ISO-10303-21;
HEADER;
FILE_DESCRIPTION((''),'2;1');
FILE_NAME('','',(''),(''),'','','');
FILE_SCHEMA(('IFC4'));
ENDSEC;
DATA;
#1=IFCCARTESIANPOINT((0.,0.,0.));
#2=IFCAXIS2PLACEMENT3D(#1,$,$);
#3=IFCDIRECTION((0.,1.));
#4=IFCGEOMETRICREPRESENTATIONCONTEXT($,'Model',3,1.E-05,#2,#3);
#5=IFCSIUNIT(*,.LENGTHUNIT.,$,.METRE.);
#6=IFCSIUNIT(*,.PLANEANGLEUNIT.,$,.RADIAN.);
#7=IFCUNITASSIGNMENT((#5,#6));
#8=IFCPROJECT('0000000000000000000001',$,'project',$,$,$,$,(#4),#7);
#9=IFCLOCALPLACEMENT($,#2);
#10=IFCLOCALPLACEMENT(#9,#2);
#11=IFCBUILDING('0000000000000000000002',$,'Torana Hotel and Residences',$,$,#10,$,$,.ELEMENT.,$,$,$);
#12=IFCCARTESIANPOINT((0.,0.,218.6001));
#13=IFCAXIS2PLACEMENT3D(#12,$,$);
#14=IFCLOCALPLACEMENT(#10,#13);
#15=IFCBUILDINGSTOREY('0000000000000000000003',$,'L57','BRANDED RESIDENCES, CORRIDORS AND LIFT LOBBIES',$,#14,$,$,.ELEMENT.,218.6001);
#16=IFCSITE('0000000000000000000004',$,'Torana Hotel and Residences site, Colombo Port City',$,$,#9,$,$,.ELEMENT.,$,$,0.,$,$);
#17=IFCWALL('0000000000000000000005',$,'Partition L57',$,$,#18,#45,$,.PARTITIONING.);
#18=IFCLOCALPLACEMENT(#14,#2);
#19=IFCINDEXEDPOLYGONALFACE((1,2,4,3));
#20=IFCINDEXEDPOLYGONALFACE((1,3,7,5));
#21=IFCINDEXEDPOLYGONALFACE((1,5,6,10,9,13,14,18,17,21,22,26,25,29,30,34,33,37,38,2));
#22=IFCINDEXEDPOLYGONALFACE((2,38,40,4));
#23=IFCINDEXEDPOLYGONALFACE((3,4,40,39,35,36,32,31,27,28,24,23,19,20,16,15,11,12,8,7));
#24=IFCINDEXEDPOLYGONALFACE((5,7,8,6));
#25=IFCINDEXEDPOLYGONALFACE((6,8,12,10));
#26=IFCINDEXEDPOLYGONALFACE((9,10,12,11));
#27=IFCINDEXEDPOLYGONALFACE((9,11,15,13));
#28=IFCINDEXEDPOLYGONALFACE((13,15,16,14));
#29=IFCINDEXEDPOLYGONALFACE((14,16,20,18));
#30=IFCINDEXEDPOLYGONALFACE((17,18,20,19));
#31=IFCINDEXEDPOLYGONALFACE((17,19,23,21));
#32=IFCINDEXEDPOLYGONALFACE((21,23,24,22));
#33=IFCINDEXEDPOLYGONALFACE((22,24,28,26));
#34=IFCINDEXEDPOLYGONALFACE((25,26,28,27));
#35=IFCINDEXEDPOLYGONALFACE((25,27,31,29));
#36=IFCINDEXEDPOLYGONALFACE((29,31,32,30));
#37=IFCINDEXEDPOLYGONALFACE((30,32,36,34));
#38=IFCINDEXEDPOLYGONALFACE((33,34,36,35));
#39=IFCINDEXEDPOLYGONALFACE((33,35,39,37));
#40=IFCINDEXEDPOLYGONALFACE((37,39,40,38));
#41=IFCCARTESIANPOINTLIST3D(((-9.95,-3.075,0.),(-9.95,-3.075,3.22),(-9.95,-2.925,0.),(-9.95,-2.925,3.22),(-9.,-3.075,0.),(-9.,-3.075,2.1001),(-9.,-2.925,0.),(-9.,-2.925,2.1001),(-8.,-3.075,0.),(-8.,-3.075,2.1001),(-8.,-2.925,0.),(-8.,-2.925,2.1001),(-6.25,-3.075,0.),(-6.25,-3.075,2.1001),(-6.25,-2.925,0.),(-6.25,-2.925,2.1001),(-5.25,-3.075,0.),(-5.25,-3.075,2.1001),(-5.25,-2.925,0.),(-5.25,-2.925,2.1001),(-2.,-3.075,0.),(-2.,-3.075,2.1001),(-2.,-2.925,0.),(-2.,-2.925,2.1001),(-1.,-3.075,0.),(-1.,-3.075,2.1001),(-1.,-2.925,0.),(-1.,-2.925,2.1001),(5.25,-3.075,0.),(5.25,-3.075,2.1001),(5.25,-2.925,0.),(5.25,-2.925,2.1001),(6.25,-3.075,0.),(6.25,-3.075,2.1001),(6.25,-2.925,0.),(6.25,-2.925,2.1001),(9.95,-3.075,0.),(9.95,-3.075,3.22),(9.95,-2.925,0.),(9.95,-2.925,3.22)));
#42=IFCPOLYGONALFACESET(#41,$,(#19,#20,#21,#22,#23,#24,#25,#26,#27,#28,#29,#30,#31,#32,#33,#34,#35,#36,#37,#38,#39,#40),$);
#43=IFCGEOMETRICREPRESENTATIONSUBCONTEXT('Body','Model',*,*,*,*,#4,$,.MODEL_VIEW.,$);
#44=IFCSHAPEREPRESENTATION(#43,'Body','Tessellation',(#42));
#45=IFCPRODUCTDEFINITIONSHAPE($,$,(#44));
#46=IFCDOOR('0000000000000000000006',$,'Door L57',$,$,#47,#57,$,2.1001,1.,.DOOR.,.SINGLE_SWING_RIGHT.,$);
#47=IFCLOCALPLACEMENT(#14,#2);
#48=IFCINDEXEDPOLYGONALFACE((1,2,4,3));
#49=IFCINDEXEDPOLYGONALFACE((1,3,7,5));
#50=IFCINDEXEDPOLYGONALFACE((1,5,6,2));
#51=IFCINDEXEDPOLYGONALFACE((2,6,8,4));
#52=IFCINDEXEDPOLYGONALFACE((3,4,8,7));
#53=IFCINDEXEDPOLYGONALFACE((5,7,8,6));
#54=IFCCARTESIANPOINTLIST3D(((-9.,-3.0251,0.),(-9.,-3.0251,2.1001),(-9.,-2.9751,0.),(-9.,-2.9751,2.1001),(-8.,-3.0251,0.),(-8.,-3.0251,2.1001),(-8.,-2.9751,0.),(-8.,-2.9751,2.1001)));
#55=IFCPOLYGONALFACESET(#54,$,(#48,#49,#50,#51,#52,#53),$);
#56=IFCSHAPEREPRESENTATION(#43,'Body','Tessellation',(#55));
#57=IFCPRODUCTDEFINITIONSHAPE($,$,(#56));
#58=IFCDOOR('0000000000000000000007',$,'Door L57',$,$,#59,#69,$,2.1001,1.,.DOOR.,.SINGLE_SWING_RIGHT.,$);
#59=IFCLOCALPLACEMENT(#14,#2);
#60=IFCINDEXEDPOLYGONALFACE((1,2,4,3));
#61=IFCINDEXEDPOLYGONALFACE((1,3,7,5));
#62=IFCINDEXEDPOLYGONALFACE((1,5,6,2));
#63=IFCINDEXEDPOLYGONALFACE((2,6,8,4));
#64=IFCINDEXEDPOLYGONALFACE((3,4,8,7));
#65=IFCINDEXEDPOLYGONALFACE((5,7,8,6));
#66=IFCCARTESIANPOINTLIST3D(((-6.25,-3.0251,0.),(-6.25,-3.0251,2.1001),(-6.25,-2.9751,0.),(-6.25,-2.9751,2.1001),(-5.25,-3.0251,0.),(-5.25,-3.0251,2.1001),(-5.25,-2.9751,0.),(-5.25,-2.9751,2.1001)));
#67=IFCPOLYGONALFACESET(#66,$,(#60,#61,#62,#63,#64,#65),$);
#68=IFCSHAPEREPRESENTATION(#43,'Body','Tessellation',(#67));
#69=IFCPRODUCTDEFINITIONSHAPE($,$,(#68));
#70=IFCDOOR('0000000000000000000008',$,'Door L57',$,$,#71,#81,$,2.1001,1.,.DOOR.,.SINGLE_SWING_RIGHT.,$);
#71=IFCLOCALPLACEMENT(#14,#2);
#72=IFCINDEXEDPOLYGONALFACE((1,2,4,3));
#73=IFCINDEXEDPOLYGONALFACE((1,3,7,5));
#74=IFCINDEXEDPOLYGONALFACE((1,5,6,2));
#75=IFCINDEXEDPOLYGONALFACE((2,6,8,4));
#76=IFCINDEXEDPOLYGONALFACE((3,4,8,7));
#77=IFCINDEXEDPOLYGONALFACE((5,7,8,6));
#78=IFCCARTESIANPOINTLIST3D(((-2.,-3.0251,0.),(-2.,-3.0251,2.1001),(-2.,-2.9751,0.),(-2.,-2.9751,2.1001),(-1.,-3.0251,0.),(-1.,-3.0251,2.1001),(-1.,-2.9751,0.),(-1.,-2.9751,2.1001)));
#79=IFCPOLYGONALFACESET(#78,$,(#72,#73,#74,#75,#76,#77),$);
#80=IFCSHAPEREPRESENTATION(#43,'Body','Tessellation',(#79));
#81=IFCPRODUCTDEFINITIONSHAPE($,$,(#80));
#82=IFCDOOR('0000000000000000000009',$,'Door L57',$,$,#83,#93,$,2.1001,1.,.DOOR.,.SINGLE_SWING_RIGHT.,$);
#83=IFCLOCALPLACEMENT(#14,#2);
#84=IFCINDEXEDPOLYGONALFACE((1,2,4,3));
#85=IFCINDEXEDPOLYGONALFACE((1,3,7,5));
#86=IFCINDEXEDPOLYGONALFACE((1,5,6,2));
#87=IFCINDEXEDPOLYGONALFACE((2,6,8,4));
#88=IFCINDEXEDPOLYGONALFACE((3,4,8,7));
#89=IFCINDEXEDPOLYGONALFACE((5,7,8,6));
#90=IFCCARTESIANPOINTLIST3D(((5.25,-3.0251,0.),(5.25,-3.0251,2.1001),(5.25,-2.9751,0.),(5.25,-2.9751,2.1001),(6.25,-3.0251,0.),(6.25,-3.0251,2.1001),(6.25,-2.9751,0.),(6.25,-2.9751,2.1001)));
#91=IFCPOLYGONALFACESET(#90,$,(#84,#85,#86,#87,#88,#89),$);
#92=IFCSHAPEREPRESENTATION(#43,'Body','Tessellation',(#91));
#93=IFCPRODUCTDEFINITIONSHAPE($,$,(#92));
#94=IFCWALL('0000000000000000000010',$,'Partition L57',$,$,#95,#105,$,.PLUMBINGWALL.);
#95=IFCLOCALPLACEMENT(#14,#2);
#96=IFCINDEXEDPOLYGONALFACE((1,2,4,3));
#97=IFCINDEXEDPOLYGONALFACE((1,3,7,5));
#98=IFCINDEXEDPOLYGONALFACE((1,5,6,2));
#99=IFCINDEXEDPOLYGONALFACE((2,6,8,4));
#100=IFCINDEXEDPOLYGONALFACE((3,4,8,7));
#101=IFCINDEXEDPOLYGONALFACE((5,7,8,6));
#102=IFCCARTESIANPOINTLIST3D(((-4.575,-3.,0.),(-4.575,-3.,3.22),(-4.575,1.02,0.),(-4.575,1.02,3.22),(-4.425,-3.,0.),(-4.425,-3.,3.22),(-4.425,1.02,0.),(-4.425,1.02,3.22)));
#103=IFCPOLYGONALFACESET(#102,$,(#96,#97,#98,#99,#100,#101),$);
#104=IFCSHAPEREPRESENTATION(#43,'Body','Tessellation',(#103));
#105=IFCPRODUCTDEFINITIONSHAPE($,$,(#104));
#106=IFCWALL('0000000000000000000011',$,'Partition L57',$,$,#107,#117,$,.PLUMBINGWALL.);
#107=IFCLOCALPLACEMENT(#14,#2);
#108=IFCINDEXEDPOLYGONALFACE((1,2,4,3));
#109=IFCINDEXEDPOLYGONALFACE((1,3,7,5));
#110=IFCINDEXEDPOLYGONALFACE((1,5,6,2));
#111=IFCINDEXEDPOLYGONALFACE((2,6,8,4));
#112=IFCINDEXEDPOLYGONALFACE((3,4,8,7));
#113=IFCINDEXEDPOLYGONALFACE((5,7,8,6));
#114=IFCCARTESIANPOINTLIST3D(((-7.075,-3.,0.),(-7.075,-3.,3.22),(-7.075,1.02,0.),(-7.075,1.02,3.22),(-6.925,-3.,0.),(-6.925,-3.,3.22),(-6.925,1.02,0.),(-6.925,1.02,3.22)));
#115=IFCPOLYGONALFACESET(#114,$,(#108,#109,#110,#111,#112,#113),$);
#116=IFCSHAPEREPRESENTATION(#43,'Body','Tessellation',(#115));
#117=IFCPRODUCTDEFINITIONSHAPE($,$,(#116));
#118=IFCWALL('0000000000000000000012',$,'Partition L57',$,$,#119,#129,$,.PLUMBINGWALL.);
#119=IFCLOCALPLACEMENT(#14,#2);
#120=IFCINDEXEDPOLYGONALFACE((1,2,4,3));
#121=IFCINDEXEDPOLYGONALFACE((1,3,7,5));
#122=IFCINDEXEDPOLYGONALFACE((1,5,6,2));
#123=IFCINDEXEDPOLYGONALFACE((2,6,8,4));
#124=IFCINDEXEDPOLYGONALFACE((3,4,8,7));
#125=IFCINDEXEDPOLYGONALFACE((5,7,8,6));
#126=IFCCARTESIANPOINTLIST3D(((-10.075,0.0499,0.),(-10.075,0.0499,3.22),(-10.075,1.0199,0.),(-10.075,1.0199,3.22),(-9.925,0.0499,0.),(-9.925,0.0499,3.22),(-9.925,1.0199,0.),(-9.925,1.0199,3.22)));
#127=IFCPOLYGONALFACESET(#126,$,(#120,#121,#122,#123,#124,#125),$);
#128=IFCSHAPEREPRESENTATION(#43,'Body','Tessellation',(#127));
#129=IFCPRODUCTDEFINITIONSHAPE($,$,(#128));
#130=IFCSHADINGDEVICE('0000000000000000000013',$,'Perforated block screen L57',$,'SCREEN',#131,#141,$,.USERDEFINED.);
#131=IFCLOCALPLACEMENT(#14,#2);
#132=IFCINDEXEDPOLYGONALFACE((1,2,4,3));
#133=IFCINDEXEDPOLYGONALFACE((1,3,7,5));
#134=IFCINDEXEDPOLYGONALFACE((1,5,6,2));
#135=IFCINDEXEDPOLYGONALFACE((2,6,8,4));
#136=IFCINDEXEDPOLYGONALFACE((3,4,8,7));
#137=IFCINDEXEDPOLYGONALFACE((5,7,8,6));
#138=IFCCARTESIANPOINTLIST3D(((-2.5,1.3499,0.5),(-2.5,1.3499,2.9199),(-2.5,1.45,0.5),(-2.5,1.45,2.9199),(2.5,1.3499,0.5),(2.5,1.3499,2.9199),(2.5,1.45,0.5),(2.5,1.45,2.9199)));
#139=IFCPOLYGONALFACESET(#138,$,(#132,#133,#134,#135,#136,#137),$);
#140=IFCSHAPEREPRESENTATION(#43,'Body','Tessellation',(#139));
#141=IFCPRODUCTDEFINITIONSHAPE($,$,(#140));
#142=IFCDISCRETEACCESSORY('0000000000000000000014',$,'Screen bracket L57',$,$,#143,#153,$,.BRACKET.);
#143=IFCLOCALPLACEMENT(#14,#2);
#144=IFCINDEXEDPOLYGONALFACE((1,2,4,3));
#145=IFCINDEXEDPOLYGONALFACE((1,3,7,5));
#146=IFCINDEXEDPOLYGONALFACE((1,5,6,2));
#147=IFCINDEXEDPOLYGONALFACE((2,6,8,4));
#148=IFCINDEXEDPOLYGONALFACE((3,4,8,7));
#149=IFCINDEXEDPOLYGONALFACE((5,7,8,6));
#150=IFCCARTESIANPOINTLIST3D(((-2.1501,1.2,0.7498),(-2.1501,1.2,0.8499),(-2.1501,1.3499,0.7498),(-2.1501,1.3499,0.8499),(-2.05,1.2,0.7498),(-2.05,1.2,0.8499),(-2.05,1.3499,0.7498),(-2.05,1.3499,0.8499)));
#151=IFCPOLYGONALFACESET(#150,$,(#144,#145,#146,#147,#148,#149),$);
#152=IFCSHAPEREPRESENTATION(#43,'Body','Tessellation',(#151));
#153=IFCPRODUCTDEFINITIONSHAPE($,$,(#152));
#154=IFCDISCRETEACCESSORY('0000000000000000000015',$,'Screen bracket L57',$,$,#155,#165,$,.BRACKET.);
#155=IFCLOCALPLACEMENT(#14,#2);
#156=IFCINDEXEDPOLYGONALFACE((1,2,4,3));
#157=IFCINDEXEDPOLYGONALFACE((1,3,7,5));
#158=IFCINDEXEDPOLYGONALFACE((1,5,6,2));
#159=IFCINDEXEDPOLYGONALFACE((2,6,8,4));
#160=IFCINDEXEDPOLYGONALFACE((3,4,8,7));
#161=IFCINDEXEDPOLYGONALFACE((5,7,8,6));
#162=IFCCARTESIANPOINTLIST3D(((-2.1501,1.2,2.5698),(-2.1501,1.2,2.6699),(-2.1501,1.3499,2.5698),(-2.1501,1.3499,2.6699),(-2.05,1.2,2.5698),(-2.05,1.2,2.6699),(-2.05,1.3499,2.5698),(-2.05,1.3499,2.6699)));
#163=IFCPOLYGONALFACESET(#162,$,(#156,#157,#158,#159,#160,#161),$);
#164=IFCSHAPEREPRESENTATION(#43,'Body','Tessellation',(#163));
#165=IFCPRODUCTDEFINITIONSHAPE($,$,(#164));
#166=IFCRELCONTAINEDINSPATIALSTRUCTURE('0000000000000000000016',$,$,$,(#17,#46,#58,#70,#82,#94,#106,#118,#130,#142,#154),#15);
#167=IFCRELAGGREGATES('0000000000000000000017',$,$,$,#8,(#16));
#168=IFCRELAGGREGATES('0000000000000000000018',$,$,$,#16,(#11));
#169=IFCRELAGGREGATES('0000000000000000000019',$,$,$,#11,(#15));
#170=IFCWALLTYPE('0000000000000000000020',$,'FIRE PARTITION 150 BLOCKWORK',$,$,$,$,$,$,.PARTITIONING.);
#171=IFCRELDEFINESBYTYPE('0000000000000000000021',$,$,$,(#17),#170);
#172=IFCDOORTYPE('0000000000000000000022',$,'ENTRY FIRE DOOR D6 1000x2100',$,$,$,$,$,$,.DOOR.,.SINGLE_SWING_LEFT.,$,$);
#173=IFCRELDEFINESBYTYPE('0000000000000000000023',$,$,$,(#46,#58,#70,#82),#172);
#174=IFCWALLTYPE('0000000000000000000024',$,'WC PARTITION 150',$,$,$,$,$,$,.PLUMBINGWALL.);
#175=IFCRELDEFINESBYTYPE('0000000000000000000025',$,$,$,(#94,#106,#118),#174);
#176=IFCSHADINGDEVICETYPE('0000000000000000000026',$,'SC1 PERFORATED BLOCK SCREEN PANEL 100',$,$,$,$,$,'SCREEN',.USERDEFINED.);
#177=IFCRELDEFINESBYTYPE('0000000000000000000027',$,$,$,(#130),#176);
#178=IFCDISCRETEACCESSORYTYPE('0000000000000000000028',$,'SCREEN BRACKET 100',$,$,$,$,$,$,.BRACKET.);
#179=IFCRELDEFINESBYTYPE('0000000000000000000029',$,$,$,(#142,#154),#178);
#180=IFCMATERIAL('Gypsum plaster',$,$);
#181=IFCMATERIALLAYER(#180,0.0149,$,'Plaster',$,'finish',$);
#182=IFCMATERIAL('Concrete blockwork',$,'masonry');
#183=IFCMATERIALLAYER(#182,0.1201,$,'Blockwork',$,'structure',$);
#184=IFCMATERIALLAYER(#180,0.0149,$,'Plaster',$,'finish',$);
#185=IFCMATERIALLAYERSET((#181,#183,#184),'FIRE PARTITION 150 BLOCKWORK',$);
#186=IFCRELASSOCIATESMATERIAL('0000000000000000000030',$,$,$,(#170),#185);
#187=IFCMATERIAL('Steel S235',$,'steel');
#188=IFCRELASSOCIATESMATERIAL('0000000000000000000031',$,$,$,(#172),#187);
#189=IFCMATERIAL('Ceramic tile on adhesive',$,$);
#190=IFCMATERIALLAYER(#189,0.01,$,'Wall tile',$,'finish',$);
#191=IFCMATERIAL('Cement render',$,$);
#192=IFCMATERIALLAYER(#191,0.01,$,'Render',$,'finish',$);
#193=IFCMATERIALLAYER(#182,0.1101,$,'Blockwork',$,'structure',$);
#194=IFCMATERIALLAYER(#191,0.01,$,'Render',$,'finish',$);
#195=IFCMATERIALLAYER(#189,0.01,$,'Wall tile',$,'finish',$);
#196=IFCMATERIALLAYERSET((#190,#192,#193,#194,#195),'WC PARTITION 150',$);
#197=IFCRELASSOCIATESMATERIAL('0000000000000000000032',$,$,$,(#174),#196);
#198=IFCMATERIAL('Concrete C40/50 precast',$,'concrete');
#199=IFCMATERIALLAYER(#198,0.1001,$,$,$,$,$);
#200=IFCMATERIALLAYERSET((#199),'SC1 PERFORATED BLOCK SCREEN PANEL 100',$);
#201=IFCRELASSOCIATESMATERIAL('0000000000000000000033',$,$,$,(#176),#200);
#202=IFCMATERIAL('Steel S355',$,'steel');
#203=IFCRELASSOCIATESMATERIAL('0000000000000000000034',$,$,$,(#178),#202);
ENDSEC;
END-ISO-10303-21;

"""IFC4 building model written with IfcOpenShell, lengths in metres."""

from ifc_helpers import new_model, si_unit, direction, frame, frame_2d, origin, origin_2d, place, context, subcontext, project, spatial, rectangle, extrude, material, layer, layer_set, type_object, element, fill, save


model = new_model("IFC4")

# Units and contexts
model_context = context("Model", 3, precision=1e-05, world=origin(), true_north=direction((0.0, 1.0)))
body_context = subcontext(model_context, "Body", "Model", "MODEL_VIEW")
ifc_project = project(units=[si_unit("LENGTHUNIT", "METRE"), si_unit("PLANEANGLEUNIT", "RADIAN")], contexts=[model_context])

# Site, building, storey
site_placement = place(None, origin())
site = spatial("IfcSite", under=ifc_project, at=site_placement, Name="Torana Hotel and Residences site, Colombo Port City", CompositionType="ELEMENT", RefElevation=0.0)
building_placement = place(site_placement, origin())
building = spatial("IfcBuilding", under=site, at=building_placement, Name="Torana Hotel and Residences", CompositionType="ELEMENT")
storey_placement = place(building_placement, frame((0.0, 0.0, 218.6001)))
storey = spatial("IfcBuildingStorey", under=building, at=storey_placement, Name="L57", Description="BRANDED RESIDENCES, CORRIDORS AND LIFT LOBBIES", CompositionType="ELEMENT", Elevation=218.6001)

# Shared definitions
ifc_material_1 = material(Name="Gypsum plaster")
ifc_layer_1 = layer(ifc_material_1, 0.0149, Name="Plaster", Category="finish")
ifc_material_2 = material(Name="Concrete blockwork", Category="masonry")
ifc_layer_2 = layer(ifc_material_2, 0.1201, Name="Blockwork", Category="structure")
ifc_layer_3 = layer(ifc_material_1, 0.0149, Name="Plaster", Category="finish")
ifc_layer_set_1 = layer_set([ifc_layer_1, ifc_layer_2, ifc_layer_3], Name="FIRE PARTITION 150 BLOCKWORK")
wall_type_1 = type_object("IfcWallType", Name="FIRE PARTITION 150 BLOCKWORK", PredefinedType="PARTITIONING", material=ifc_layer_set_1)

# Wall, openings, doors
ifc_material_3 = material(Name="Steel S235", Category="steel")
door_type = type_object("IfcDoorType", Name="ENTRY FIRE DOOR D6 1000x2100", OperationType="SINGLE_SWING_LEFT", PredefinedType="DOOR", material=ifc_material_3)
wall_1_placement = place(storey_placement, frame((-9.95, -3.0, 0.0), z_axis=(0.0, 0.0, 1.0), x_axis=(1.0, 0.0, 0.0)))
wall_1 = element("IfcWall", 1, at=wall_1_placement, inside=storey, type_object=wall_type_1, Name="Partition L57", PredefinedType="PARTITIONING", context=body_context, shape_type="SweptSolid", body=[
    extrude(rectangle(XDim=19.8999, YDim=0.1499, at=frame_2d((9.95, 0.0))), origin(), (0.0, 0.0, 1.0), 3.22),
])
opening_1_placement = place(wall_1_placement, frame((0.95, 0.0, 0.0)))
opening_1 = element("IfcOpeningElement", 2, at=opening_1_placement, cuts=wall_1, PredefinedType="OPENING", context=body_context, shape_type="SweptSolid", body=[
    extrude(rectangle(XDim=1.0, YDim=2.1001, at=frame_2d((0.5, 1.05))), frame((0.0, 0.085, 0.0), z_axis=(0.0, -1.0, 0.0), x_axis=(1.0, 0.0, 0.0)), (0.0, 0.0, 1.0), 0.1699),
])
opening_2_placement = place(wall_1_placement, frame((3.7, 0.0, 0.0)))
opening_2 = element("IfcOpeningElement", 3, at=opening_2_placement, cuts=wall_1, PredefinedType="OPENING", context=body_context, shape_type="SweptSolid", body=[
    extrude(rectangle(XDim=1.0, YDim=2.1001, at=frame_2d((0.5, 1.05))), frame((0.0, 0.085, 0.0), z_axis=(0.0, -1.0, 0.0), x_axis=(1.0, 0.0, 0.0)), (0.0, 0.0, 1.0), 0.1699),
])
opening_3_placement = place(wall_1_placement, frame((7.95, 0.0, 0.0)))
opening_3 = element("IfcOpeningElement", 4, at=opening_3_placement, cuts=wall_1, PredefinedType="OPENING", context=body_context, shape_type="SweptSolid", body=[
    extrude(rectangle(XDim=1.0, YDim=2.1001, at=frame_2d((0.5, 1.05))), frame((0.0, 0.085, 0.0), z_axis=(0.0, -1.0, 0.0), x_axis=(1.0, 0.0, 0.0)), (0.0, 0.0, 1.0), 0.1699),
])
opening_4_placement = place(wall_1_placement, frame((15.2, 0.0, 0.0)))
opening_4 = element("IfcOpeningElement", 5, at=opening_4_placement, cuts=wall_1, PredefinedType="OPENING", context=body_context, shape_type="SweptSolid", body=[
    extrude(rectangle(XDim=1.0, YDim=2.1001, at=frame_2d((0.5, 1.05))), frame((0.0, 0.085, 0.0), z_axis=(0.0, -1.0, 0.0), x_axis=(1.0, 0.0, 0.0)), (0.0, 0.0, 1.0), 0.1699),
])
door_1_placement = place(opening_1_placement, origin())
door_1 = element("IfcDoor", 6, at=door_1_placement, inside=storey, type_object=door_type, Name="Door L57", OperationType="SINGLE_SWING_RIGHT", OverallHeight=2.1001, OverallWidth=1.0, PredefinedType="DOOR", context=body_context, shape_type="SweptSolid", body=[
    extrude(rectangle(XDim=1.0, YDim=2.1001, at=frame_2d((0.5, 1.05))), frame((0.0, 0.0249, 0.0), z_axis=(0.0, -1.0, 0.0), x_axis=(1.0, 0.0, 0.0)), (0.0, 0.0, 1.0), 0.05),
])
fill(opening_1, door_1)
door_2_placement = place(opening_2_placement, origin())
door_2 = element("IfcDoor", 7, at=door_2_placement, inside=storey, type_object=door_type, Name="Door L57", OperationType="SINGLE_SWING_RIGHT", OverallHeight=2.1001, OverallWidth=1.0, PredefinedType="DOOR", context=body_context, shape_type="SweptSolid", body=[
    extrude(rectangle(XDim=1.0, YDim=2.1001, at=frame_2d((0.5, 1.05))), frame((0.0, 0.0249, 0.0), z_axis=(0.0, -1.0, 0.0), x_axis=(1.0, 0.0, 0.0)), (0.0, 0.0, 1.0), 0.05),
])
fill(opening_2, door_2)
door_3_placement = place(opening_3_placement, origin())
door_3 = element("IfcDoor", 8, at=door_3_placement, inside=storey, type_object=door_type, Name="Door L57", OperationType="SINGLE_SWING_RIGHT", OverallHeight=2.1001, OverallWidth=1.0, PredefinedType="DOOR", context=body_context, shape_type="SweptSolid", body=[
    extrude(rectangle(XDim=1.0, YDim=2.1001, at=frame_2d((0.5, 1.05))), frame((0.0, 0.0249, 0.0), z_axis=(0.0, -1.0, 0.0), x_axis=(1.0, 0.0, 0.0)), (0.0, 0.0, 1.0), 0.05),
])
fill(opening_3, door_3)
door_4_placement = place(opening_4_placement, origin())
door_4 = element("IfcDoor", 9, at=door_4_placement, inside=storey, type_object=door_type, Name="Door L57", OperationType="SINGLE_SWING_RIGHT", OverallHeight=2.1001, OverallWidth=1.0, PredefinedType="DOOR", context=body_context, shape_type="SweptSolid", body=[
    extrude(rectangle(XDim=1.0, YDim=2.1001, at=frame_2d((0.5, 1.05))), frame((0.0, 0.0249, 0.0), z_axis=(0.0, -1.0, 0.0), x_axis=(1.0, 0.0, 0.0)), (0.0, 0.0, 1.0), 0.05),
])
fill(opening_4, door_4)

# Walls
ifc_material_4 = material(Name="Ceramic tile on adhesive")
ifc_layer_4 = layer(ifc_material_4, 0.01, Name="Wall tile", Category="finish")
ifc_material_5 = material(Name="Cement render")
ifc_layer_5 = layer(ifc_material_5, 0.01, Name="Render", Category="finish")
ifc_layer_6 = layer(ifc_material_2, 0.1101, Name="Blockwork", Category="structure")
ifc_layer_7 = layer(ifc_material_5, 0.01, Name="Render", Category="finish")
ifc_layer_8 = layer(ifc_material_4, 0.01, Name="Wall tile", Category="finish")
ifc_layer_set_2 = layer_set([ifc_layer_4, ifc_layer_5, ifc_layer_6, ifc_layer_7, ifc_layer_8], Name="WC PARTITION 150")
wall_type_2 = type_object("IfcWallType", Name="WC PARTITION 150", PredefinedType="PLUMBINGWALL", material=ifc_layer_set_2)
for number, where, z_axis, x_axis, name in (
    (10, (-4.5, -3.0, 0.0), (0.0, 0.0, 1.0), (0.0, 1.0, 0.0), "Partition L57"),
    (11, (-7.0, -3.0, 0.0), (0.0, 0.0, 1.0), (0.0, 1.0, 0.0), "Partition L57"),
):
    element("IfcWall", number, at=place(storey_placement, frame(where, z_axis=z_axis, x_axis=x_axis)), inside=storey, type_object=wall_type_2, Name=name, PredefinedType="PLUMBINGWALL", context=body_context, shape_type="SweptSolid", body=[
        extrude(rectangle(XDim=4.02, YDim=0.1499, at=frame_2d((2.01, 0.0))), origin(), (0.0, 0.0, 1.0), 3.22),
    ])
wall_2_placement = place(storey_placement, frame((-10.0, 0.05, 0.0), z_axis=(0.0, 0.0, 1.0), x_axis=(0.0, 1.0, 0.0)))
element("IfcWall", 12, at=wall_2_placement, inside=storey, type_object=wall_type_2, Name="Partition L57", PredefinedType="PLUMBINGWALL", context=body_context, shape_type="SweptSolid", body=[
    extrude(rectangle(XDim=0.97, YDim=0.1499, at=frame_2d((0.4849, 0.0))), origin(), (0.0, 0.0, 1.0), 3.22),
])

# Shading device
ifc_material_6 = material(Name="Concrete C40/50 precast", Category="concrete")
ifc_layer_9 = layer(ifc_material_6, 0.1001)
ifc_layer_set_3 = layer_set([ifc_layer_9], Name="SC1 PERFORATED BLOCK SCREEN PANEL 100")
shading_device_type = type_object("IfcShadingDeviceType", Name="SC1 PERFORATED BLOCK SCREEN PANEL 100", ElementType="SCREEN", PredefinedType="USERDEFINED", material=ifc_layer_set_3)
shading_device_placement = place(storey_placement, frame((0.0, 1.3999, 0.5), z_axis=(0.0, 0.0, 1.0), x_axis=(-1.0, 0.0, 0.0)))
element("IfcShadingDevice", 13, at=shading_device_placement, inside=storey, type_object=shading_device_type, Name="Perforated block screen L57", ObjectType="SCREEN", PredefinedType="USERDEFINED", context=body_context, shape_type="SweptSolid", body=[
    extrude(rectangle(XDim=5.0, YDim=0.1001, at=origin_2d()), origin(), (0.0, 0.0, 1.0), 2.4199),
])

# Discrete accessories
ifc_material_7 = material(Name="Steel S355", Category="steel")
discrete_accessory_type = type_object("IfcDiscreteAccessoryType", Name="SCREEN BRACKET 100", PredefinedType="BRACKET", material=ifc_material_7)
for number, where, z_axis, x_axis, name in (
    (14, (-2.1001, 1.2749, 0.7498), (0.0, 0.0, 1.0), (-1.0, 0.0, 0.0), "Screen bracket L57"),
    (15, (-2.1001, 1.2749, 2.5698), (0.0, 0.0, 1.0), (-1.0, 0.0, 0.0), "Screen bracket L57"),
):
    element("IfcDiscreteAccessory", number, at=place(storey_placement, frame(where, z_axis=z_axis, x_axis=x_axis)), inside=storey, type_object=discrete_accessory_type, Name=name, PredefinedType="BRACKET", context=body_context, shape_type="SweptSolid", body=[
        extrude(rectangle(XDim=0.1001, YDim=0.1499, at=origin_2d()), origin(), (0.0, 0.0, 1.0), 0.1001),
    ])

save(model, "model.ifc")
